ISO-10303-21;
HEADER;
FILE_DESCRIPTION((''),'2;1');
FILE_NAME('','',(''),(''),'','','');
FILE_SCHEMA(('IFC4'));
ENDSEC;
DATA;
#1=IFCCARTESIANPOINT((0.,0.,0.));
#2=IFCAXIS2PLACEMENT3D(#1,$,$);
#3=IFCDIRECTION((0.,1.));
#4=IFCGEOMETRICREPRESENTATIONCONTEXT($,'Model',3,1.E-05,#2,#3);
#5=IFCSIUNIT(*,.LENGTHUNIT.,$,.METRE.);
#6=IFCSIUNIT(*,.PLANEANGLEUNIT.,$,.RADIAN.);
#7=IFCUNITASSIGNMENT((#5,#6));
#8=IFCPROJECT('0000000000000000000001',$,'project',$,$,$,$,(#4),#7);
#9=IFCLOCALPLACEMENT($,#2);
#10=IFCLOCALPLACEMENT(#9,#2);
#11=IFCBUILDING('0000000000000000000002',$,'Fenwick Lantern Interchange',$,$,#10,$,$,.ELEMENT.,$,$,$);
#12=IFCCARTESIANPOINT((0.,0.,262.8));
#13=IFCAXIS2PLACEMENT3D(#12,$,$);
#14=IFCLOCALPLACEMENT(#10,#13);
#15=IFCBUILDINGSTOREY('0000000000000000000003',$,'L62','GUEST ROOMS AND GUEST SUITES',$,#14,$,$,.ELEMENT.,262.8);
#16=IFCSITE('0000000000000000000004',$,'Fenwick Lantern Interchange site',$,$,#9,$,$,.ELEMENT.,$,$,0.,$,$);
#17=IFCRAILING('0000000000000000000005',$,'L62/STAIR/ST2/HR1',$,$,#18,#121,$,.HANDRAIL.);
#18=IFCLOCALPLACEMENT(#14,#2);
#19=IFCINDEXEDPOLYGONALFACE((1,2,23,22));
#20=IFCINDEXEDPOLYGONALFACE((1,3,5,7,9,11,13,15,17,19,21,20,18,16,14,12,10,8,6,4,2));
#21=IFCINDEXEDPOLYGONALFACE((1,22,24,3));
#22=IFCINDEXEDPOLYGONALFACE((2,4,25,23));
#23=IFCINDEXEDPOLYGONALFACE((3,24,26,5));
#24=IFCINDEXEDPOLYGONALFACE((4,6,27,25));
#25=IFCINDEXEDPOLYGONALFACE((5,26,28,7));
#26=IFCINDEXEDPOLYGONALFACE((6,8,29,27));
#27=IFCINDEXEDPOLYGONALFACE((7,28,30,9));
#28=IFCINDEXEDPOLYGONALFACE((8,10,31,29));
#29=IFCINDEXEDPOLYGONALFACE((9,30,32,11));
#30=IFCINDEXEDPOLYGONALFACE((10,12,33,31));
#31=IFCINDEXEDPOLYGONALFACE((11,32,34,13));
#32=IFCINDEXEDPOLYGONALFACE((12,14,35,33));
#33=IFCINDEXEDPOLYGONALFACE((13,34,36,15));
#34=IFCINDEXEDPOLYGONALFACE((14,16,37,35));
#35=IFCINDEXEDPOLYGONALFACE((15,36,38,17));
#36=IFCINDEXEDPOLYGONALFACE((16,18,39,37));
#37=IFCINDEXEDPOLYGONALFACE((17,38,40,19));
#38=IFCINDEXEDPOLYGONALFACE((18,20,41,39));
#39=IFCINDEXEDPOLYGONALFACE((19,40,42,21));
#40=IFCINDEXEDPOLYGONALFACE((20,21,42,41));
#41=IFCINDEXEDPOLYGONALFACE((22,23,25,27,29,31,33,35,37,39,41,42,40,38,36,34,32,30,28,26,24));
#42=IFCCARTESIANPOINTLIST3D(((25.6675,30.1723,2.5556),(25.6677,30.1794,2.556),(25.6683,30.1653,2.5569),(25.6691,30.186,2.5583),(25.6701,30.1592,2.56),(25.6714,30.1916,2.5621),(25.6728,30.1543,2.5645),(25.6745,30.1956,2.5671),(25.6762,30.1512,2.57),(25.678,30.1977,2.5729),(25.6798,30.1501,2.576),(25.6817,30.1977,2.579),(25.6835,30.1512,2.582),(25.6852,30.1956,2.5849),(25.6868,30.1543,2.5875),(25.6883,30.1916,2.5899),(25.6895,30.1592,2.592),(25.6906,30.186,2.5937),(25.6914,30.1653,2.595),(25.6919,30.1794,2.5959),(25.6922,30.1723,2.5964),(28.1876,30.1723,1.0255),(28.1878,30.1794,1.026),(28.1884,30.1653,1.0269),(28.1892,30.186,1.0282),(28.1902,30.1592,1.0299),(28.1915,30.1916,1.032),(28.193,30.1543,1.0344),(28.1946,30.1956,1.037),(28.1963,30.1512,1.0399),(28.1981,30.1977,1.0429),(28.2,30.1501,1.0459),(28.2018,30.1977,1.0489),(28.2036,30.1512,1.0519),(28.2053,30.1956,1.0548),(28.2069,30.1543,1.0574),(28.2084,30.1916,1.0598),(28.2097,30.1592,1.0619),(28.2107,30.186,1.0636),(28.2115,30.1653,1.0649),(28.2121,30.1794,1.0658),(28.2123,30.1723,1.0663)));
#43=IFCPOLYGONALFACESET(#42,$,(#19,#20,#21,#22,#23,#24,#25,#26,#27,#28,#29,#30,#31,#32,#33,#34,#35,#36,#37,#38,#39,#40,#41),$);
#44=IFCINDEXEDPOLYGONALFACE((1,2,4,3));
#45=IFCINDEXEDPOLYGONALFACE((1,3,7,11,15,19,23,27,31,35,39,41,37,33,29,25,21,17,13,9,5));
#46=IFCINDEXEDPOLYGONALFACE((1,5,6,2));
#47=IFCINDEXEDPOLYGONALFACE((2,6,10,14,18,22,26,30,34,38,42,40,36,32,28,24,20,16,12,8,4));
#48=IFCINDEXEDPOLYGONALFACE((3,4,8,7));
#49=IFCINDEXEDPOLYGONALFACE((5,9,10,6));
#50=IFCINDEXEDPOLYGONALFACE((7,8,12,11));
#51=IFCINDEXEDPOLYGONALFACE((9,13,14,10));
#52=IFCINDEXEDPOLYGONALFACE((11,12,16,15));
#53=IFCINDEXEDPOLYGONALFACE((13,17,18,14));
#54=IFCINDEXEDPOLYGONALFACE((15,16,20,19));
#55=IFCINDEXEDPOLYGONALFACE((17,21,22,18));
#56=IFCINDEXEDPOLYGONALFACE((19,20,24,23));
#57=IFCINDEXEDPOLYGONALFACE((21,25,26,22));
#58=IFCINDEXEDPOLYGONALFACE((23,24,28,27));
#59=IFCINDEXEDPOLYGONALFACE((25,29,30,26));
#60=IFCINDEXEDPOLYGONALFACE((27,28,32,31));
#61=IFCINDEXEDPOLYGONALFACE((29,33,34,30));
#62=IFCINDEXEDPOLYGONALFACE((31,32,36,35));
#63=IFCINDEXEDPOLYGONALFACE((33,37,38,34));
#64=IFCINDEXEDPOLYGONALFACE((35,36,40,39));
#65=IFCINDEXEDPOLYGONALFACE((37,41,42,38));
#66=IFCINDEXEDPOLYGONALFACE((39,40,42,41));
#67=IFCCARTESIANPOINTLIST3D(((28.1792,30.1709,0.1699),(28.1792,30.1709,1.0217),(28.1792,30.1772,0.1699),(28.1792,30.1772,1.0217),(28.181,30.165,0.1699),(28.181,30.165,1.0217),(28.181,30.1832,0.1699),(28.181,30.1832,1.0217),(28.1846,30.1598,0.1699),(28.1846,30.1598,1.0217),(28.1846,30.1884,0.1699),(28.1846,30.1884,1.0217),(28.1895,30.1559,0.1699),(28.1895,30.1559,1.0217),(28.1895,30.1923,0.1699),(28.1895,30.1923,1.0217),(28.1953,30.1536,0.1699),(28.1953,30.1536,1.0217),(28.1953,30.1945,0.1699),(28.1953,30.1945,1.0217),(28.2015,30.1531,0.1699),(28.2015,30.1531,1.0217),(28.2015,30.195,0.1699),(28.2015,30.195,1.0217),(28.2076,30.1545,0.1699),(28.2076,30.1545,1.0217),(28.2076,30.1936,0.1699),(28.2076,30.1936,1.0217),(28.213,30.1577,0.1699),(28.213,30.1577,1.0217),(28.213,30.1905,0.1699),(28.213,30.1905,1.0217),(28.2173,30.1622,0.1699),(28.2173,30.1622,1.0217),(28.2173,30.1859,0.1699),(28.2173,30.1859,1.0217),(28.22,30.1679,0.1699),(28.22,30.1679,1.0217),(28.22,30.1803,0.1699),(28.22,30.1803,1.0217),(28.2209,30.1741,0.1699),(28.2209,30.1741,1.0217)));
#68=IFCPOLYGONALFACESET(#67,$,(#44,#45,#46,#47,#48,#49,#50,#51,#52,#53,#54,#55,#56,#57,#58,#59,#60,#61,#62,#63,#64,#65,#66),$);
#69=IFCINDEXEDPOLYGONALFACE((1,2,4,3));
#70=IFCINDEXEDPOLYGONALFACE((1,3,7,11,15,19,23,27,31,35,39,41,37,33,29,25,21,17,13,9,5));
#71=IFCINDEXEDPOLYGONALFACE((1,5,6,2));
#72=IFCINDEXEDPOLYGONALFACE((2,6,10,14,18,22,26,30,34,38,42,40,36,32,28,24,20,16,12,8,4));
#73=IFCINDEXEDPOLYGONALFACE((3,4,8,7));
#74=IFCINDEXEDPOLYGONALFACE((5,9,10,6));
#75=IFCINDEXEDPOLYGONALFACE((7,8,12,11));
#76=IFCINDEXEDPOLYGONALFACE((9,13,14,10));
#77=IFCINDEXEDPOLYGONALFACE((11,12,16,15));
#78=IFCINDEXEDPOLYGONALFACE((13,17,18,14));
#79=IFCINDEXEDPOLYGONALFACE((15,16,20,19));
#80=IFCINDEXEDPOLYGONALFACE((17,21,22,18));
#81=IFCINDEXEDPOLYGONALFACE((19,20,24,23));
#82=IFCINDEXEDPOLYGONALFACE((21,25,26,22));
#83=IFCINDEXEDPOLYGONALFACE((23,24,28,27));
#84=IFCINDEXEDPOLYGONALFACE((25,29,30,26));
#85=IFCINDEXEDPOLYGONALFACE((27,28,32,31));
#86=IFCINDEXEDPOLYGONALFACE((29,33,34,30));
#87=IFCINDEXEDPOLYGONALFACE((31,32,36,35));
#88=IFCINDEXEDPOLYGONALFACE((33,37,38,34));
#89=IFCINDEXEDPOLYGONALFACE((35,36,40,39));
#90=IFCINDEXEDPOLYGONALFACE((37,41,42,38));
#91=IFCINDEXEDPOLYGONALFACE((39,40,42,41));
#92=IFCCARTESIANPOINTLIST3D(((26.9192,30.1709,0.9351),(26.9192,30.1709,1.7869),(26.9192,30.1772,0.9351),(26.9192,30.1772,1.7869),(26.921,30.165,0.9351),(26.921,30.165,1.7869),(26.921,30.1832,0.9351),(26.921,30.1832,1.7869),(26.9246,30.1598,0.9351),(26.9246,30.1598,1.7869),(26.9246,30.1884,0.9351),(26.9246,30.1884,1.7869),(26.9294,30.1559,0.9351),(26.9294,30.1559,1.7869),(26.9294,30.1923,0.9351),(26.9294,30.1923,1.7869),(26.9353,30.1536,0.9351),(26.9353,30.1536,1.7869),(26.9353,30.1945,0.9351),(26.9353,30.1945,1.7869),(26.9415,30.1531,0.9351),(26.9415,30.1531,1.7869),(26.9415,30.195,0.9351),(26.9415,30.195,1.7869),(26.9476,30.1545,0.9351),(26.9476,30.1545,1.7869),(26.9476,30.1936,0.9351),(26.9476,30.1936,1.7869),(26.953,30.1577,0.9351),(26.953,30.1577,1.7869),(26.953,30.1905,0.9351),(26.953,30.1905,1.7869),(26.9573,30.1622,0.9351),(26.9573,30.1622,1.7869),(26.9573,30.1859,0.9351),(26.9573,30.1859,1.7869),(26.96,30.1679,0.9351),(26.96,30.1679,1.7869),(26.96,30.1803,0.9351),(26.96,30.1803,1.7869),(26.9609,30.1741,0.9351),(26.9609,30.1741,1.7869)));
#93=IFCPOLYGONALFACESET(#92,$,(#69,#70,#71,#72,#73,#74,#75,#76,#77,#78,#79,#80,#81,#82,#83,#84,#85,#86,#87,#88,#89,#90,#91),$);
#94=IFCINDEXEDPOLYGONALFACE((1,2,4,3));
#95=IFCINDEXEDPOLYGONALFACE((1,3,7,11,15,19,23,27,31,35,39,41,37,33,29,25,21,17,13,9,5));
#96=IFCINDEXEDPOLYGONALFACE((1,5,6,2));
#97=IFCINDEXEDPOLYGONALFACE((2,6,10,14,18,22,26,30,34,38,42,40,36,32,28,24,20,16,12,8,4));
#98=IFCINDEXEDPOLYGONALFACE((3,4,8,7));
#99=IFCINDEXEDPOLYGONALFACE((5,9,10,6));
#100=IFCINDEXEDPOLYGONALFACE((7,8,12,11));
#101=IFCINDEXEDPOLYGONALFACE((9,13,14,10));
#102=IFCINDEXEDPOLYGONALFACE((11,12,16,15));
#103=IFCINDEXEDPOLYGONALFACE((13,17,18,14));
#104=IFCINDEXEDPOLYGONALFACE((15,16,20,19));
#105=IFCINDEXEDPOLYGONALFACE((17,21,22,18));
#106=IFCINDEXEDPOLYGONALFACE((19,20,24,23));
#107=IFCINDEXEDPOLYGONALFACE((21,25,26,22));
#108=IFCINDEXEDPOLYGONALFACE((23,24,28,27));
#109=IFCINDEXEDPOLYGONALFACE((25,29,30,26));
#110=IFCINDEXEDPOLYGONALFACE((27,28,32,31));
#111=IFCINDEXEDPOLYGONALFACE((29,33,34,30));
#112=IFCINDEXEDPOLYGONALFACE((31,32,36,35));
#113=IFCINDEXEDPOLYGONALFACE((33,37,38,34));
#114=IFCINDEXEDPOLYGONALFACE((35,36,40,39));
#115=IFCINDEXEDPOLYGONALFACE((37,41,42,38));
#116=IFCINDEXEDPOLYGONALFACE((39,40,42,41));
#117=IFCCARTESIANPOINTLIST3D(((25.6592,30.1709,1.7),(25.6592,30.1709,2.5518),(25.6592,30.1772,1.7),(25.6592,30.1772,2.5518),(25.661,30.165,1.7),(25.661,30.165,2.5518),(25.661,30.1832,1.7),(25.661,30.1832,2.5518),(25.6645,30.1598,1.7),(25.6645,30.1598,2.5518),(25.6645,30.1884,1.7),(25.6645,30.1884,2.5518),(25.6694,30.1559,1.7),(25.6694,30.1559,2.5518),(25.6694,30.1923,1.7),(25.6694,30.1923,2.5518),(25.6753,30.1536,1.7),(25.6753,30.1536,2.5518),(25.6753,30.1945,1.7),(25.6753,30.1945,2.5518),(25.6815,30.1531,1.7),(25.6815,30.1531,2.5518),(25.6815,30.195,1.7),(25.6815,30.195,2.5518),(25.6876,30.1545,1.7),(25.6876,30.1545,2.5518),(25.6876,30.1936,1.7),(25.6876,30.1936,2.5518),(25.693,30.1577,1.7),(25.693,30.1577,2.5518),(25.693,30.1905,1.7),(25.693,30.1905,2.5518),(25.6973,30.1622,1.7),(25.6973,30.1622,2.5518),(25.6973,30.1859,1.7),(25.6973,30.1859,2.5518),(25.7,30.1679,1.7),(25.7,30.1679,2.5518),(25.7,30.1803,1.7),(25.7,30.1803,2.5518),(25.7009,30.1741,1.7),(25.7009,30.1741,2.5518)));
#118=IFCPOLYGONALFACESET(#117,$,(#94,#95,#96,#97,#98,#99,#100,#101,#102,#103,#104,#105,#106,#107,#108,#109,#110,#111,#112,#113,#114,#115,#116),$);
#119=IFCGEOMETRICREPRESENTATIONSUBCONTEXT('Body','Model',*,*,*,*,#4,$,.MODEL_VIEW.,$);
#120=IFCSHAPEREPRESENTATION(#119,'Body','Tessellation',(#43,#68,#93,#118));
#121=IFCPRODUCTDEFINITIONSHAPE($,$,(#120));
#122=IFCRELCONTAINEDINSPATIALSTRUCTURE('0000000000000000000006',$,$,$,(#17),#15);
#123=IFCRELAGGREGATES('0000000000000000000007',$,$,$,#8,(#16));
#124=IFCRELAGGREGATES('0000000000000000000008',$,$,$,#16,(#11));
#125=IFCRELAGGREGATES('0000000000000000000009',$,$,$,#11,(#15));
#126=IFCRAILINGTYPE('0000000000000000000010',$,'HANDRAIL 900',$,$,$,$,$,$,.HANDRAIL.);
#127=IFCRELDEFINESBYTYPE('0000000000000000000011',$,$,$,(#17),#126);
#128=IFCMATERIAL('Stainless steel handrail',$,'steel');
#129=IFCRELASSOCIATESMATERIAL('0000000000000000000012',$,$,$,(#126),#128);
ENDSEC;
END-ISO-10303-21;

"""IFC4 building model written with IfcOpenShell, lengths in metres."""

from ifc_helpers import new_model, si_unit, direction, frame, origin, origin_2d, place, context, subcontext, project, spatial, circle, extrude, material, type_object, element, save


model = new_model("IFC4")

# Units and contexts
model_context = context("Model", 3, precision=1e-05, world=origin(), true_north=direction((0.0, 1.0)))
body_context = subcontext(model_context, "Body", "Model", "MODEL_VIEW")
ifc_project = project(units=[si_unit("LENGTHUNIT", "METRE"), si_unit("PLANEANGLEUNIT", "RADIAN")], contexts=[model_context])

# Site, building, storey
site_placement = place(None, origin())
site = spatial("IfcSite", under=ifc_project, at=site_placement, Name="Fenwick Lantern Interchange site", CompositionType="ELEMENT", RefElevation=0.0)
building_placement = place(site_placement, origin())
building = spatial("IfcBuilding", under=site, at=building_placement, Name="Fenwick Lantern Interchange", CompositionType="ELEMENT")
storey_placement = place(building_placement, frame((0.0, 0.0, 262.8)))
storey = spatial("IfcBuildingStorey", under=building, at=storey_placement, Name="L62", Description="GUEST ROOMS AND GUEST SUITES", CompositionType="ELEMENT", Elevation=262.8)

# Railing
ifc_material_1 = material(Name="Stainless steel handrail", Category="steel")
railing_type = type_object("IfcRailingType", Name="HANDRAIL 900", PredefinedType="HANDRAIL", material=ifc_material_1)
railing_placement = place(storey_placement, frame((28.2, 30.1741, 0.1699)))
element("IfcRailing", 1, at=railing_placement, inside=storey, type_object=railing_type, Name="L62/STAIR/ST2/HR1", PredefinedType="HANDRAIL", context=body_context, shape_type="SweptSolid", body=[
    extrude(circle(Radius=0.0239, at=origin_2d()), frame((0.0, 0.0, 0.876), z_axis=(-0.854785, 0.0, 0.518982), x_axis=(0.0, -1.0, 0.0)), (0.0, 0.0, 1.0), 2.9482),
    extrude(circle(Radius=0.021, at=origin_2d()), origin(), (0.0, 0.0, 1.0), 0.8518),
    extrude(circle(Radius=0.021, at=origin_2d()), frame((-1.26, 0.0, 0.7651)), (0.0, 0.0, 1.0), 0.8518),
    extrude(circle(Radius=0.021, at=origin_2d()), frame((-2.52, 0.0, 1.53)), (0.0, 0.0, 1.0), 0.8518),
])

save(model, "model.ifc")
